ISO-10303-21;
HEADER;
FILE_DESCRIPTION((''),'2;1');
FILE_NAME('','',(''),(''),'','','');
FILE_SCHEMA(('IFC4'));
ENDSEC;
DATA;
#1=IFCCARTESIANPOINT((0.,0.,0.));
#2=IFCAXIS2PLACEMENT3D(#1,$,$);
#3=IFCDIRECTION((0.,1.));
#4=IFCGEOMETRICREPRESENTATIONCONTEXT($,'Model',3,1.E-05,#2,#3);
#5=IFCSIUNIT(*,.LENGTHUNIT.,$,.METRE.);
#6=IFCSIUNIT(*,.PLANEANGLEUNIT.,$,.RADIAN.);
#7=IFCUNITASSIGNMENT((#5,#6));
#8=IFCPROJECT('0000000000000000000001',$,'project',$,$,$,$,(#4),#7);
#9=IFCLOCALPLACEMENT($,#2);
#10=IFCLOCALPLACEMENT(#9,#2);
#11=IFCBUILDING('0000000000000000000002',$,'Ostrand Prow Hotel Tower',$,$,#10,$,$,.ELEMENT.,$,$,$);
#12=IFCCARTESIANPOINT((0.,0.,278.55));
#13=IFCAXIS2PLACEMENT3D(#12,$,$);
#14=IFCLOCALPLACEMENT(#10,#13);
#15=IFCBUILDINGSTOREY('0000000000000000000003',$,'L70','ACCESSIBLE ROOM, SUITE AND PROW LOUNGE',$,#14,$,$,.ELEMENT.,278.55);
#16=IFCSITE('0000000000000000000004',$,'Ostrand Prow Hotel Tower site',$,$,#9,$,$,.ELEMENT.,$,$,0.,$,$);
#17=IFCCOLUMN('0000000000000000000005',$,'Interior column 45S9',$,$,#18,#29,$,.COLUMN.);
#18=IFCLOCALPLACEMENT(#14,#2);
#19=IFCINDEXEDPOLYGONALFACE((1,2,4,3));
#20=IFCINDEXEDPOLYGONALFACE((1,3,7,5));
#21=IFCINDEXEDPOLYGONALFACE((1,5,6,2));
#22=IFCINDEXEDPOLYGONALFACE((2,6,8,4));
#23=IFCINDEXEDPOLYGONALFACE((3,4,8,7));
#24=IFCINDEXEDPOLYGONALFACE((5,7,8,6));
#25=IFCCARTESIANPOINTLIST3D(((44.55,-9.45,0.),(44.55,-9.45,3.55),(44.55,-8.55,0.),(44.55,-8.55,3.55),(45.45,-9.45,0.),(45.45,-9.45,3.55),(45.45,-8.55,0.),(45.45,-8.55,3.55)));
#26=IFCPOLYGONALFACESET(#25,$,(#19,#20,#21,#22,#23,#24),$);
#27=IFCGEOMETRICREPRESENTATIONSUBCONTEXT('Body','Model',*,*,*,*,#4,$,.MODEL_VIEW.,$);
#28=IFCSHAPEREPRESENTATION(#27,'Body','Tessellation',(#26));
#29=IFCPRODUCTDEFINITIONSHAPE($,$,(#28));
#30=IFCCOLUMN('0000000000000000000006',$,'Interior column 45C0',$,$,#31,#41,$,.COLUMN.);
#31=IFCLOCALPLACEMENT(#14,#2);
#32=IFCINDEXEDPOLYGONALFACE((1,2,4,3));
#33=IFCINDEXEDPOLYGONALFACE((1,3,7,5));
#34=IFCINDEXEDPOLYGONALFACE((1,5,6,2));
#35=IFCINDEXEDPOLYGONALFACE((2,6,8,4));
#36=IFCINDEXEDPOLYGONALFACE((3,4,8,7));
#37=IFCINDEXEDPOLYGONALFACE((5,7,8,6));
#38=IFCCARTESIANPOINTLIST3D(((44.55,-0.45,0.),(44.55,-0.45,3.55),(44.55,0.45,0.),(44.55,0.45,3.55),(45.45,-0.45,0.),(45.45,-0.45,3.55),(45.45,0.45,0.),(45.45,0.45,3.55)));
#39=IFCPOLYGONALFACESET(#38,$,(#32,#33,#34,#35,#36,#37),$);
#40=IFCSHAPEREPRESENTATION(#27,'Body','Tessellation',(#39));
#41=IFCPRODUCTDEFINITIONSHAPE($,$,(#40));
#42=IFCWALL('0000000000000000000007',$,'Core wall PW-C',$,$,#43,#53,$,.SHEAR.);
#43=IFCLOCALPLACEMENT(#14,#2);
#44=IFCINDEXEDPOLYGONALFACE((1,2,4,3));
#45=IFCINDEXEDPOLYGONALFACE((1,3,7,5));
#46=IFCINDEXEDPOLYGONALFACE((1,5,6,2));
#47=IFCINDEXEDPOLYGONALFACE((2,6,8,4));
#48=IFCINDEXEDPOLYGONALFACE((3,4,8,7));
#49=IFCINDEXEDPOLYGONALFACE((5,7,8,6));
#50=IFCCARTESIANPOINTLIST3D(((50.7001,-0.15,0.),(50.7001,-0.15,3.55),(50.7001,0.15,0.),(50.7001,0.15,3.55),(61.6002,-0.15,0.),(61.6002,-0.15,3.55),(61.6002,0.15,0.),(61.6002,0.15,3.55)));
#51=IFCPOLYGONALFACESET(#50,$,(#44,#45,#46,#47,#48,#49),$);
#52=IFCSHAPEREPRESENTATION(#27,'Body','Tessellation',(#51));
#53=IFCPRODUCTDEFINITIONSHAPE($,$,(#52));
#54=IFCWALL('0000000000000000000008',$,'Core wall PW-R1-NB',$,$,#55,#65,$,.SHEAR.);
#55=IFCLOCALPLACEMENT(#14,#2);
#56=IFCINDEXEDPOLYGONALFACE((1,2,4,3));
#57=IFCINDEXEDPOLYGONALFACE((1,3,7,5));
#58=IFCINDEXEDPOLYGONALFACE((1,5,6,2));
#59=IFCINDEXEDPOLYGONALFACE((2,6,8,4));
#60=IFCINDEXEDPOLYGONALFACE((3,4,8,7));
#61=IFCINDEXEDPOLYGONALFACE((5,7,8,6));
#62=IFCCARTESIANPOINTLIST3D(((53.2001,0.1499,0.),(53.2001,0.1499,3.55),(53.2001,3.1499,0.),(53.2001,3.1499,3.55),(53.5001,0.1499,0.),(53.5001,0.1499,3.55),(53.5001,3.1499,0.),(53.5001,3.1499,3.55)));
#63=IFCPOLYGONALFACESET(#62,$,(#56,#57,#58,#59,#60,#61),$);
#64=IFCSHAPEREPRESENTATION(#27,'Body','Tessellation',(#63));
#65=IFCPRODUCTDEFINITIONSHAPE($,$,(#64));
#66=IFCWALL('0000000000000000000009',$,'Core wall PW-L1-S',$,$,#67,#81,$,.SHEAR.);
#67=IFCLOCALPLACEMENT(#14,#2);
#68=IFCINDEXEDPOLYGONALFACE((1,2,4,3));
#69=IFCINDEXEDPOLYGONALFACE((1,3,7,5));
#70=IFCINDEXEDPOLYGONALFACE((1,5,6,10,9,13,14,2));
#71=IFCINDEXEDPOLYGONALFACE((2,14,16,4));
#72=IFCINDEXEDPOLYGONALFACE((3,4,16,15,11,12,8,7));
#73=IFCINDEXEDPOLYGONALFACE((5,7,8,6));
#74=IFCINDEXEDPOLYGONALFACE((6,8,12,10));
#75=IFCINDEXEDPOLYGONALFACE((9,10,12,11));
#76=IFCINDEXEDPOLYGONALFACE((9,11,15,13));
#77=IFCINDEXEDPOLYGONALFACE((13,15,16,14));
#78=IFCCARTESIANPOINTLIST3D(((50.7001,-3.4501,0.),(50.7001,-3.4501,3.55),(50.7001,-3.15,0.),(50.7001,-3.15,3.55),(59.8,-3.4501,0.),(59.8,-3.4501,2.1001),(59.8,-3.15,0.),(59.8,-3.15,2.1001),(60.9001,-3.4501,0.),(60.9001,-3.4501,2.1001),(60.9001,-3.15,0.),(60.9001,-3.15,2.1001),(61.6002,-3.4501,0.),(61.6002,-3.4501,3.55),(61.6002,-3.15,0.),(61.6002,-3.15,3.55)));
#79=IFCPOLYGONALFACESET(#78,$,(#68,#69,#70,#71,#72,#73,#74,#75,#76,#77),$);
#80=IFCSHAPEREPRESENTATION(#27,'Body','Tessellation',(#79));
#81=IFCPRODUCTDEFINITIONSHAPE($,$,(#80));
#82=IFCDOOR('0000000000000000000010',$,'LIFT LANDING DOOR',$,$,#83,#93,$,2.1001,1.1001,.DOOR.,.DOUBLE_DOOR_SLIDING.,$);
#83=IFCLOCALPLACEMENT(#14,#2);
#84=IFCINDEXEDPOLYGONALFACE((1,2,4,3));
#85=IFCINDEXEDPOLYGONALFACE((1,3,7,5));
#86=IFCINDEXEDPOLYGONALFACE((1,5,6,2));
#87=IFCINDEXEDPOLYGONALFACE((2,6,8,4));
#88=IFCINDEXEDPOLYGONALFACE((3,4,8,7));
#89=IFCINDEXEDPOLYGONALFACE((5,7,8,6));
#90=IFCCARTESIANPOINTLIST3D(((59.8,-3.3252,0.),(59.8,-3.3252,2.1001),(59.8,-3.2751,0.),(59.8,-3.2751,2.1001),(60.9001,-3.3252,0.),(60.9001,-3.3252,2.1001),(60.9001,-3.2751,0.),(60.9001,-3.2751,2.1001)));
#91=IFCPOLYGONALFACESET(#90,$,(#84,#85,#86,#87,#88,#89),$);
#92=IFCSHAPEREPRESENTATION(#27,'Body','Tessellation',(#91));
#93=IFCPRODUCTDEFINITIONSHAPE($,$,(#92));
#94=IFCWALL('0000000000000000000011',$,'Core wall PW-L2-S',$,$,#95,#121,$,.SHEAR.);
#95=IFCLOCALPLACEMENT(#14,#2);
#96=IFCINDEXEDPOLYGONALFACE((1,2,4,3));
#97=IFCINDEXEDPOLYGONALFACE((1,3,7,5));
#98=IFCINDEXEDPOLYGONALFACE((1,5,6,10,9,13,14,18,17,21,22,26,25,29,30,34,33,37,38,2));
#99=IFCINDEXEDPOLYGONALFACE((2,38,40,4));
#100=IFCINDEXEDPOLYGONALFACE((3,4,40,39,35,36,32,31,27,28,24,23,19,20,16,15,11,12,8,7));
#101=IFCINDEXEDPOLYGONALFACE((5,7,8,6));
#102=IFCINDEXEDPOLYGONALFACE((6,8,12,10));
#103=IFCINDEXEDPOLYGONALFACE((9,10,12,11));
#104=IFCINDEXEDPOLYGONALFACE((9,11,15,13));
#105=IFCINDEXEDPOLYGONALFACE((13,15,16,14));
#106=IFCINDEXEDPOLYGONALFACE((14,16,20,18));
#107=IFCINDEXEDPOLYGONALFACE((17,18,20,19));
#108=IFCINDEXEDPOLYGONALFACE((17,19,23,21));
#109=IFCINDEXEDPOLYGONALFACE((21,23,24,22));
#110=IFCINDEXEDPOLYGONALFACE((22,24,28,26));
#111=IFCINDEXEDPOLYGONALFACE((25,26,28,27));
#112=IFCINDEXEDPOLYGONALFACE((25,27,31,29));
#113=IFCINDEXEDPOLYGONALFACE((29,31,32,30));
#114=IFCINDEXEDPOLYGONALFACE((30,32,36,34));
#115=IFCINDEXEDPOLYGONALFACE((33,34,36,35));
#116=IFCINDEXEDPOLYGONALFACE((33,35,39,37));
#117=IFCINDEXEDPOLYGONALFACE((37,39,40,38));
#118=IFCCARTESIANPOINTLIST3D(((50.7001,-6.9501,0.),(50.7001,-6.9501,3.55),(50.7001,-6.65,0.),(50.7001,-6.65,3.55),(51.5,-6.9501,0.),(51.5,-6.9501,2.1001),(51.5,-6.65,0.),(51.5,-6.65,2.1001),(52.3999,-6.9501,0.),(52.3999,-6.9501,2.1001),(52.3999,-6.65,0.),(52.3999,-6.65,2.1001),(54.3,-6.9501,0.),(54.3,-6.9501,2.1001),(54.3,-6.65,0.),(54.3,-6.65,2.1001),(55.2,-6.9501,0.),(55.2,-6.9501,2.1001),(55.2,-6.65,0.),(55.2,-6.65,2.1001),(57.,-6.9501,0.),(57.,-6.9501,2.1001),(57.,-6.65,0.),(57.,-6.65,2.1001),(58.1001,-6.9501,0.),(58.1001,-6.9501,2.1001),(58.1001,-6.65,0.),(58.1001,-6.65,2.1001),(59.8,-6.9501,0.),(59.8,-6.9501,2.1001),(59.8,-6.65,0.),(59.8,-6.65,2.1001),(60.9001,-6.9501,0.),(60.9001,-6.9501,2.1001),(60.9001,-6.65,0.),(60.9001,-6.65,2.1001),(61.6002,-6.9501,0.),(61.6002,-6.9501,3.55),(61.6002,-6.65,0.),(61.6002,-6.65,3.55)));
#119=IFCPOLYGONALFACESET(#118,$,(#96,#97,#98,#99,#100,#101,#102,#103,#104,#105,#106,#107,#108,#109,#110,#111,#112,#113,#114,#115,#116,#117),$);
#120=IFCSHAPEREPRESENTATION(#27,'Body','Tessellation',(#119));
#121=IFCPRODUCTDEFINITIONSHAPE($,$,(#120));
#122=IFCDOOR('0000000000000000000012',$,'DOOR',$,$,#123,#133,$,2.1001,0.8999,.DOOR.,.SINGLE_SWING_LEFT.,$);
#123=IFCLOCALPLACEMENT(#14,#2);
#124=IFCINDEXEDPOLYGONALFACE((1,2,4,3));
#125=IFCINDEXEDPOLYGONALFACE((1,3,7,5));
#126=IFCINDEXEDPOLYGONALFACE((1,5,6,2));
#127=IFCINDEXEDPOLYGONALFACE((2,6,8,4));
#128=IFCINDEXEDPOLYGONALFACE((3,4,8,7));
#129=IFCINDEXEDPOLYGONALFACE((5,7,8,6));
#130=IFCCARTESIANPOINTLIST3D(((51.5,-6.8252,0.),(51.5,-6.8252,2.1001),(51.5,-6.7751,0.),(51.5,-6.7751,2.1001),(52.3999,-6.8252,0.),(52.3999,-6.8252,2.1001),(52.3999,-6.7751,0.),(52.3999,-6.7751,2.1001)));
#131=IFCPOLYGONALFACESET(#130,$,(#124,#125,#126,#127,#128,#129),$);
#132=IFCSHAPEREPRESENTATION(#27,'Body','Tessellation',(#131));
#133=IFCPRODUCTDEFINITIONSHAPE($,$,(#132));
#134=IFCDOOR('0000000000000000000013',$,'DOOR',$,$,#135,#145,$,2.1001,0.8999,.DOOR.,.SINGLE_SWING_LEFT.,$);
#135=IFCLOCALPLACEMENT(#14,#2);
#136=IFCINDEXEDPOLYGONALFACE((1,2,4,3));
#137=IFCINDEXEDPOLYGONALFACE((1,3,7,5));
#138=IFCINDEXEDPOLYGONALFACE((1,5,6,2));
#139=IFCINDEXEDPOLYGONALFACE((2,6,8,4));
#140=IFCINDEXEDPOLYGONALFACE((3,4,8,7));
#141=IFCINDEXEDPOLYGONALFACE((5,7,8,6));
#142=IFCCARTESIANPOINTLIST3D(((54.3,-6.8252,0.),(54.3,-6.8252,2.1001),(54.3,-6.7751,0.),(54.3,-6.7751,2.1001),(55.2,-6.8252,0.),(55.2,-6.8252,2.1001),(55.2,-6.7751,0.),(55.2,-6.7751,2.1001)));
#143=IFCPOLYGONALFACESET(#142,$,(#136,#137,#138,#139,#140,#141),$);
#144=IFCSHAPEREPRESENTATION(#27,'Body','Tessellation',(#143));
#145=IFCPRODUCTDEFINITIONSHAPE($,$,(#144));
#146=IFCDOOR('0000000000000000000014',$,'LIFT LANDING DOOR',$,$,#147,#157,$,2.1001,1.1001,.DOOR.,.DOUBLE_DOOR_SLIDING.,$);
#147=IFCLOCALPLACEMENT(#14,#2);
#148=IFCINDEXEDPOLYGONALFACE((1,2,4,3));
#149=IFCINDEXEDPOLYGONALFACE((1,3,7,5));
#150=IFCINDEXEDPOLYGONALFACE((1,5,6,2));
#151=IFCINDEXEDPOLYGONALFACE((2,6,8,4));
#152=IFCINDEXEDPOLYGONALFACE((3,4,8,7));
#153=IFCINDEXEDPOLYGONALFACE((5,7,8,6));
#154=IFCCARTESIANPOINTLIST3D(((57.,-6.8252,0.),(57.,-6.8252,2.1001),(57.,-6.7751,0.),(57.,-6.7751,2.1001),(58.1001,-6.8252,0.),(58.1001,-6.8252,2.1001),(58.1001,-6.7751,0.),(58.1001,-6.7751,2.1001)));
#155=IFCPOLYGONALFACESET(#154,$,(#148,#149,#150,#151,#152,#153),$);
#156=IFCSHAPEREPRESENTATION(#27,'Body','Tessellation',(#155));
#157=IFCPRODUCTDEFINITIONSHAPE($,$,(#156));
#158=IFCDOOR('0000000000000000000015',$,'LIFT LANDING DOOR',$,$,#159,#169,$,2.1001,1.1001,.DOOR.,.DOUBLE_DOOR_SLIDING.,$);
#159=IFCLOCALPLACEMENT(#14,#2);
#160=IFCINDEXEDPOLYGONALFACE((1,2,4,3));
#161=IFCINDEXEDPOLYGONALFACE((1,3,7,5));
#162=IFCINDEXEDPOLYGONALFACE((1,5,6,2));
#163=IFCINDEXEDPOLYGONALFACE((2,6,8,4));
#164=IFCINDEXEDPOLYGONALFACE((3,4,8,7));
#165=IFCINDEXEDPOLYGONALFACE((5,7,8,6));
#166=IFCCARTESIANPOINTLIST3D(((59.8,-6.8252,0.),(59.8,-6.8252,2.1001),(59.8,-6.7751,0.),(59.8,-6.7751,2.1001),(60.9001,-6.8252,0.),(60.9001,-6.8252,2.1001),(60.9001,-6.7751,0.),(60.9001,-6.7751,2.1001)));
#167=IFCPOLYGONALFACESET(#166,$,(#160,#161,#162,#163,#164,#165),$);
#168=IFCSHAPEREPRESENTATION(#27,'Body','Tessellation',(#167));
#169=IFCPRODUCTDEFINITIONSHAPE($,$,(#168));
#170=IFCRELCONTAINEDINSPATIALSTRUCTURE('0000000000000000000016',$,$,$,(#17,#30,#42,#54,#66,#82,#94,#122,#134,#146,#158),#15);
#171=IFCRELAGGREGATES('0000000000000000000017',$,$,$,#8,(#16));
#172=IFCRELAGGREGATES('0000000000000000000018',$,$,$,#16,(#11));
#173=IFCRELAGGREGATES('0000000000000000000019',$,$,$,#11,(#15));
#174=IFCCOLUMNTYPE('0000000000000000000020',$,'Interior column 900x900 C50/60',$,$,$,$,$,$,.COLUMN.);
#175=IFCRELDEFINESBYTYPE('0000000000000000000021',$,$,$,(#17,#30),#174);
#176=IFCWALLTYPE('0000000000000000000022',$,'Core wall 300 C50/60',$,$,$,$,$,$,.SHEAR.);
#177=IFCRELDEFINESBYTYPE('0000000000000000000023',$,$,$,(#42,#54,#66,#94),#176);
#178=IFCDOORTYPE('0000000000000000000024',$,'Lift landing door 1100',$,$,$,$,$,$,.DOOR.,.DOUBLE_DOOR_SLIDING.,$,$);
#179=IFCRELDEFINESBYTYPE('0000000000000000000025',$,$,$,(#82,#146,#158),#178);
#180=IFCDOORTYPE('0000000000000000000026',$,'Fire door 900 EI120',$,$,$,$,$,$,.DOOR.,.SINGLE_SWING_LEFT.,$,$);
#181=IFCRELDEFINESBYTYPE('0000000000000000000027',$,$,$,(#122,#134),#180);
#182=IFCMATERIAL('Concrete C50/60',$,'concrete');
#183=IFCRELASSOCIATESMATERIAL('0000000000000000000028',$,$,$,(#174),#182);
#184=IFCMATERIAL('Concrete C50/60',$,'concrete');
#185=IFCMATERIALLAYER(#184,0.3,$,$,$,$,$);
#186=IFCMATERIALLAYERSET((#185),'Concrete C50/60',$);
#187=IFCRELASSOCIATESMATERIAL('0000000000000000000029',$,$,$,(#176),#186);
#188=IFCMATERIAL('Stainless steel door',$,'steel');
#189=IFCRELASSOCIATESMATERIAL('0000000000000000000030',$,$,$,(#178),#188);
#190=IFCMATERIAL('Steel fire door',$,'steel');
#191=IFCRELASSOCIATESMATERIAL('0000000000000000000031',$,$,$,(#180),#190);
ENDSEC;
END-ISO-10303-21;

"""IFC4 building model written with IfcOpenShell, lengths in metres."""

from ifc_helpers import new_model, si_unit, direction, frame, frame_2d, origin, origin_2d, place, context, subcontext, project, spatial, rectangle, extrude, material, layer, layer_set, material_profile, profile_set, type_object, element, fill, save


model = new_model("IFC4")

# Units and contexts
model_context = context("Model", 3, precision=1e-05, world=origin(), true_north=direction((0.0, 1.0)))
body_context = subcontext(model_context, "Body", "Model", "MODEL_VIEW")
ifc_project = project(units=[si_unit("LENGTHUNIT", "METRE"), si_unit("PLANEANGLEUNIT", "RADIAN")], contexts=[model_context])

# Site, building, storey
site_placement = place(None, origin())
site = spatial("IfcSite", under=ifc_project, at=site_placement, Name="Ostrand Prow Hotel Tower site", CompositionType="ELEMENT", RefElevation=0.0)
building_placement = place(site_placement, origin())
building = spatial("IfcBuilding", under=site, at=building_placement, Name="Ostrand Prow Hotel Tower", CompositionType="ELEMENT")
storey_placement = place(building_placement, frame((0.0, 0.0, 278.55)))
storey = spatial("IfcBuildingStorey", under=building, at=storey_placement, Name="L70", Description="ACCESSIBLE ROOM, SUITE AND PROW LOUNGE", CompositionType="ELEMENT", Elevation=278.55)

# Columns
ifc_material_1 = material(Name="Concrete C50/60", Category="concrete")
ifc_material_profile = material_profile(ifc_material_1, rectangle(XDim=0.8999, YDim=0.8999, at=origin_2d()), Name="RC 900x900")
ifc_profile_set = profile_set([ifc_material_profile], Name="Concrete C50/60")
column_type = type_object("IfcColumnType", Name="Interior column 900x900 C50/60", PredefinedType="COLUMN", material=ifc_profile_set)
for number, where, z_axis, x_axis, name in (
    (1, (45.0, -9.0, 0.0), (0.0, 0.0, 1.0), (1.0, 0.0, 0.0), "Interior column 45S9"),
    (2, (45.0, 0.0, 0.0), (0.0, 0.0, 1.0), (1.0, 0.0, 0.0), "Interior column 45C0"),
):
    element("IfcColumn", number, at=place(storey_placement, frame(where, z_axis=z_axis, x_axis=x_axis)), inside=storey, type_object=column_type, Name=name, PredefinedType="COLUMN", context=body_context, shape_type="SweptSolid", body=[
        extrude(rectangle(XDim=0.8999, YDim=0.8999, at=origin_2d()), origin(), (0.0, 0.0, 1.0), 3.55),
    ])

# Walls
ifc_material_2 = material(Name="Concrete C50/60", Category="concrete")
ifc_layer_1 = layer(ifc_material_2, 0.3)
ifc_layer_set_1 = layer_set([ifc_layer_1], Name="Concrete C50/60")
wall_type_1 = type_object("IfcWallType", Name="Core wall 300 C50/60", PredefinedType="SHEAR", material=ifc_layer_set_1)
wall_1_placement = place(storey_placement, frame((50.7, 0.0, 0.0), z_axis=(0.0, 0.0, 1.0), x_axis=(1.0, 0.0, 0.0)))
element("IfcWall", 3, at=wall_1_placement, inside=storey, type_object=wall_type_1, Name="Core wall PW-C", PredefinedType="SHEAR", context=body_context, shape_type="SweptSolid", body=[
    extrude(rectangle(XDim=10.9001, YDim=0.3, at=frame_2d((5.4502, 0.0))), origin(), (0.0, 0.0, 1.0), 3.55),
])
wall_2_placement = place(storey_placement, frame((53.3501, 0.1499, 0.0), z_axis=(0.0, 0.0, 1.0), x_axis=(0.0, 1.0, 0.0)))
element("IfcWall", 4, at=wall_2_placement, inside=storey, type_object=wall_type_1, Name="Core wall PW-R1-NB", PredefinedType="SHEAR", context=body_context, shape_type="SweptSolid", body=[
    extrude(rectangle(XDim=3.0, YDim=0.3, at=frame_2d((1.5, 0.0))), origin(), (0.0, 0.0, 1.0), 3.55),
])

# Wall, opening, door
wall_3_placement = place(storey_placement, frame((50.7, -3.3, 0.0), z_axis=(0.0, 0.0, 1.0), x_axis=(1.0, 0.0, 0.0)))
wall_3 = element("IfcWall", 5, at=wall_3_placement, inside=storey, type_object=wall_type_1, Name="Core wall PW-L1-S", PredefinedType="SHEAR", context=body_context, shape_type="SweptSolid", body=[
    extrude(rectangle(XDim=10.9001, YDim=0.3, at=frame_2d((5.4502, 0.0))), origin(), (0.0, 0.0, 1.0), 3.55),
])
opening_1_placement = place(wall_3_placement, frame((9.1001, 0.0, 0.0)))
opening_1 = element("IfcOpeningElement", 6, at=opening_1_placement, cuts=wall_3, PredefinedType="OPENING", context=body_context, shape_type="SweptSolid", body=[
    extrude(rectangle(XDim=1.1001, YDim=2.1001, at=frame_2d((0.55, 1.05))), frame((0.0, 0.1599, 0.0), z_axis=(0.0, -1.0, 0.0), x_axis=(1.0, 0.0, 0.0)), (0.0, 0.0, 1.0), 0.3201),
])
ifc_material_3 = material(Name="Stainless steel door", Category="steel")
door_type_1 = type_object("IfcDoorType", Name="Lift landing door 1100", OperationType="DOUBLE_DOOR_SLIDING", PredefinedType="DOOR", material=ifc_material_3)
door_1_placement = place(opening_1_placement, origin())
door_1 = element("IfcDoor", 7, at=door_1_placement, inside=storey, type_object=door_type_1, Name="LIFT LANDING DOOR", OperationType="DOUBLE_DOOR_SLIDING", OverallHeight=2.1001, OverallWidth=1.1001, PredefinedType="DOOR", context=body_context, shape_type="SweptSolid", body=[
    extrude(rectangle(XDim=1.1001, YDim=2.1001, at=frame_2d((0.55, 1.05))), frame((0.0, 0.0249, 0.0), z_axis=(0.0, -1.0, 0.0), x_axis=(1.0, 0.0, 0.0)), (0.0, 0.0, 1.0), 0.05),
])
fill(opening_1, door_1)

# Wall, openings, doors
wall_4_placement = place(storey_placement, frame((50.7, -6.8, 0.0), z_axis=(0.0, 0.0, 1.0), x_axis=(1.0, 0.0, 0.0)))
wall_4 = element("IfcWall", 8, at=wall_4_placement, inside=storey, type_object=wall_type_1, Name="Core wall PW-L2-S", PredefinedType="SHEAR", context=body_context, shape_type="SweptSolid", body=[
    extrude(rectangle(XDim=10.9001, YDim=0.3, at=frame_2d((5.4502, 0.0))), origin(), (0.0, 0.0, 1.0), 3.55),
])
opening_2_placement = place(wall_4_placement, frame((6.3, 0.0, 0.0)))
opening_2 = element("IfcOpeningElement", 9, at=opening_2_placement, cuts=wall_4, PredefinedType="OPENING", context=body_context, shape_type="SweptSolid", body=[
    extrude(rectangle(XDim=1.1001, YDim=2.1001, at=frame_2d((0.55, 1.05))), frame((0.0, 0.1599, 0.0), z_axis=(0.0, -1.0, 0.0), x_axis=(1.0, 0.0, 0.0)), (0.0, 0.0, 1.0), 0.3201),
])
opening_3_placement = place(wall_4_placement, frame((9.1001, 0.0, 0.0)))
opening_3 = element("IfcOpeningElement", 10, at=opening_3_placement, cuts=wall_4, PredefinedType="OPENING", context=body_context, shape_type="SweptSolid", body=[
    extrude(rectangle(XDim=1.1001, YDim=2.1001, at=frame_2d((0.55, 1.05))), frame((0.0, 0.1599, 0.0), z_axis=(0.0, -1.0, 0.0), x_axis=(1.0, 0.0, 0.0)), (0.0, 0.0, 1.0), 0.3201),
])
opening_4_placement = place(wall_4_placement, frame((0.8, 0.0, 0.0)))
opening_4 = element("IfcOpeningElement", 11, at=opening_4_placement, cuts=wall_4, PredefinedType="OPENING", context=body_context, shape_type="SweptSolid", body=[
    extrude(rectangle(XDim=0.8999, YDim=2.1001, at=frame_2d((0.45, 1.05))), frame((0.0, 0.1599, 0.0), z_axis=(0.0, -1.0, 0.0), x_axis=(1.0, 0.0, 0.0)), (0.0, 0.0, 1.0), 0.3201),
])
opening_5_placement = place(wall_4_placement, frame((3.6001, 0.0, 0.0)))
opening_5 = element("IfcOpeningElement", 12, at=opening_5_placement, cuts=wall_4, PredefinedType="OPENING", context=body_context, shape_type="SweptSolid", body=[
    extrude(rectangle(XDim=0.8999, YDim=2.1001, at=frame_2d((0.45, 1.05))), frame((0.0, 0.1599, 0.0), z_axis=(0.0, -1.0, 0.0), x_axis=(1.0, 0.0, 0.0)), (0.0, 0.0, 1.0), 0.3201),
])
ifc_material_4 = material(Name="Steel fire door", Category="steel")
door_type_2 = type_object("IfcDoorType", Name="Fire door 900 EI120", OperationType="SINGLE_SWING_LEFT", PredefinedType="DOOR", material=ifc_material_4)
door_2_placement = place(opening_4_placement, origin())
door_2 = element("IfcDoor", 13, at=door_2_placement, inside=storey, type_object=door_type_2, Name="DOOR", OperationType="SINGLE_SWING_LEFT", OverallHeight=2.1001, OverallWidth=0.8999, PredefinedType="DOOR", context=body_context, shape_type="SweptSolid", body=[
    extrude(rectangle(XDim=0.8999, YDim=2.1001, at=frame_2d((0.45, 1.05))), frame((0.0, 0.0249, 0.0), z_axis=(0.0, -1.0, 0.0), x_axis=(1.0, 0.0, 0.0)), (0.0, 0.0, 1.0), 0.05),
])
fill(opening_4, door_2)
door_3_placement = place(opening_5_placement, origin())
door_3 = element("IfcDoor", 14, at=door_3_placement, inside=storey, type_object=door_type_2, Name="DOOR", OperationType="SINGLE_SWING_LEFT", OverallHeight=2.1001, OverallWidth=0.8999, PredefinedType="DOOR", context=body_context, shape_type="SweptSolid", body=[
    extrude(rectangle(XDim=0.8999, YDim=2.1001, at=frame_2d((0.45, 1.05))), frame((0.0, 0.0249, 0.0), z_axis=(0.0, -1.0, 0.0), x_axis=(1.0, 0.0, 0.0)), (0.0, 0.0, 1.0), 0.05),
])
fill(opening_5, door_3)
door_4_placement = place(opening_2_placement, origin())
door_4 = element("IfcDoor", 15, at=door_4_placement, inside=storey, type_object=door_type_1, Name="LIFT LANDING DOOR", OperationType="DOUBLE_DOOR_SLIDING", OverallHeight=2.1001, OverallWidth=1.1001, PredefinedType="DOOR", context=body_context, shape_type="SweptSolid", body=[
    extrude(rectangle(XDim=1.1001, YDim=2.1001, at=frame_2d((0.55, 1.05))), frame((0.0, 0.0249, 0.0), z_axis=(0.0, -1.0, 0.0), x_axis=(1.0, 0.0, 0.0)), (0.0, 0.0, 1.0), 0.05),
])
fill(opening_2, door_4)
door_5_placement = place(opening_3_placement, origin())
door_5 = element("IfcDoor", 16, at=door_5_placement, inside=storey, type_object=door_type_1, Name="LIFT LANDING DOOR", OperationType="DOUBLE_DOOR_SLIDING", OverallHeight=2.1001, OverallWidth=1.1001, PredefinedType="DOOR", context=body_context, shape_type="SweptSolid", body=[
    extrude(rectangle(XDim=1.1001, YDim=2.1001, at=frame_2d((0.55, 1.05))), frame((0.0, 0.0249, 0.0), z_axis=(0.0, -1.0, 0.0), x_axis=(1.0, 0.0, 0.0)), (0.0, 0.0, 1.0), 0.05),
])
fill(opening_3, door_5)

save(model, "model.ifc")
